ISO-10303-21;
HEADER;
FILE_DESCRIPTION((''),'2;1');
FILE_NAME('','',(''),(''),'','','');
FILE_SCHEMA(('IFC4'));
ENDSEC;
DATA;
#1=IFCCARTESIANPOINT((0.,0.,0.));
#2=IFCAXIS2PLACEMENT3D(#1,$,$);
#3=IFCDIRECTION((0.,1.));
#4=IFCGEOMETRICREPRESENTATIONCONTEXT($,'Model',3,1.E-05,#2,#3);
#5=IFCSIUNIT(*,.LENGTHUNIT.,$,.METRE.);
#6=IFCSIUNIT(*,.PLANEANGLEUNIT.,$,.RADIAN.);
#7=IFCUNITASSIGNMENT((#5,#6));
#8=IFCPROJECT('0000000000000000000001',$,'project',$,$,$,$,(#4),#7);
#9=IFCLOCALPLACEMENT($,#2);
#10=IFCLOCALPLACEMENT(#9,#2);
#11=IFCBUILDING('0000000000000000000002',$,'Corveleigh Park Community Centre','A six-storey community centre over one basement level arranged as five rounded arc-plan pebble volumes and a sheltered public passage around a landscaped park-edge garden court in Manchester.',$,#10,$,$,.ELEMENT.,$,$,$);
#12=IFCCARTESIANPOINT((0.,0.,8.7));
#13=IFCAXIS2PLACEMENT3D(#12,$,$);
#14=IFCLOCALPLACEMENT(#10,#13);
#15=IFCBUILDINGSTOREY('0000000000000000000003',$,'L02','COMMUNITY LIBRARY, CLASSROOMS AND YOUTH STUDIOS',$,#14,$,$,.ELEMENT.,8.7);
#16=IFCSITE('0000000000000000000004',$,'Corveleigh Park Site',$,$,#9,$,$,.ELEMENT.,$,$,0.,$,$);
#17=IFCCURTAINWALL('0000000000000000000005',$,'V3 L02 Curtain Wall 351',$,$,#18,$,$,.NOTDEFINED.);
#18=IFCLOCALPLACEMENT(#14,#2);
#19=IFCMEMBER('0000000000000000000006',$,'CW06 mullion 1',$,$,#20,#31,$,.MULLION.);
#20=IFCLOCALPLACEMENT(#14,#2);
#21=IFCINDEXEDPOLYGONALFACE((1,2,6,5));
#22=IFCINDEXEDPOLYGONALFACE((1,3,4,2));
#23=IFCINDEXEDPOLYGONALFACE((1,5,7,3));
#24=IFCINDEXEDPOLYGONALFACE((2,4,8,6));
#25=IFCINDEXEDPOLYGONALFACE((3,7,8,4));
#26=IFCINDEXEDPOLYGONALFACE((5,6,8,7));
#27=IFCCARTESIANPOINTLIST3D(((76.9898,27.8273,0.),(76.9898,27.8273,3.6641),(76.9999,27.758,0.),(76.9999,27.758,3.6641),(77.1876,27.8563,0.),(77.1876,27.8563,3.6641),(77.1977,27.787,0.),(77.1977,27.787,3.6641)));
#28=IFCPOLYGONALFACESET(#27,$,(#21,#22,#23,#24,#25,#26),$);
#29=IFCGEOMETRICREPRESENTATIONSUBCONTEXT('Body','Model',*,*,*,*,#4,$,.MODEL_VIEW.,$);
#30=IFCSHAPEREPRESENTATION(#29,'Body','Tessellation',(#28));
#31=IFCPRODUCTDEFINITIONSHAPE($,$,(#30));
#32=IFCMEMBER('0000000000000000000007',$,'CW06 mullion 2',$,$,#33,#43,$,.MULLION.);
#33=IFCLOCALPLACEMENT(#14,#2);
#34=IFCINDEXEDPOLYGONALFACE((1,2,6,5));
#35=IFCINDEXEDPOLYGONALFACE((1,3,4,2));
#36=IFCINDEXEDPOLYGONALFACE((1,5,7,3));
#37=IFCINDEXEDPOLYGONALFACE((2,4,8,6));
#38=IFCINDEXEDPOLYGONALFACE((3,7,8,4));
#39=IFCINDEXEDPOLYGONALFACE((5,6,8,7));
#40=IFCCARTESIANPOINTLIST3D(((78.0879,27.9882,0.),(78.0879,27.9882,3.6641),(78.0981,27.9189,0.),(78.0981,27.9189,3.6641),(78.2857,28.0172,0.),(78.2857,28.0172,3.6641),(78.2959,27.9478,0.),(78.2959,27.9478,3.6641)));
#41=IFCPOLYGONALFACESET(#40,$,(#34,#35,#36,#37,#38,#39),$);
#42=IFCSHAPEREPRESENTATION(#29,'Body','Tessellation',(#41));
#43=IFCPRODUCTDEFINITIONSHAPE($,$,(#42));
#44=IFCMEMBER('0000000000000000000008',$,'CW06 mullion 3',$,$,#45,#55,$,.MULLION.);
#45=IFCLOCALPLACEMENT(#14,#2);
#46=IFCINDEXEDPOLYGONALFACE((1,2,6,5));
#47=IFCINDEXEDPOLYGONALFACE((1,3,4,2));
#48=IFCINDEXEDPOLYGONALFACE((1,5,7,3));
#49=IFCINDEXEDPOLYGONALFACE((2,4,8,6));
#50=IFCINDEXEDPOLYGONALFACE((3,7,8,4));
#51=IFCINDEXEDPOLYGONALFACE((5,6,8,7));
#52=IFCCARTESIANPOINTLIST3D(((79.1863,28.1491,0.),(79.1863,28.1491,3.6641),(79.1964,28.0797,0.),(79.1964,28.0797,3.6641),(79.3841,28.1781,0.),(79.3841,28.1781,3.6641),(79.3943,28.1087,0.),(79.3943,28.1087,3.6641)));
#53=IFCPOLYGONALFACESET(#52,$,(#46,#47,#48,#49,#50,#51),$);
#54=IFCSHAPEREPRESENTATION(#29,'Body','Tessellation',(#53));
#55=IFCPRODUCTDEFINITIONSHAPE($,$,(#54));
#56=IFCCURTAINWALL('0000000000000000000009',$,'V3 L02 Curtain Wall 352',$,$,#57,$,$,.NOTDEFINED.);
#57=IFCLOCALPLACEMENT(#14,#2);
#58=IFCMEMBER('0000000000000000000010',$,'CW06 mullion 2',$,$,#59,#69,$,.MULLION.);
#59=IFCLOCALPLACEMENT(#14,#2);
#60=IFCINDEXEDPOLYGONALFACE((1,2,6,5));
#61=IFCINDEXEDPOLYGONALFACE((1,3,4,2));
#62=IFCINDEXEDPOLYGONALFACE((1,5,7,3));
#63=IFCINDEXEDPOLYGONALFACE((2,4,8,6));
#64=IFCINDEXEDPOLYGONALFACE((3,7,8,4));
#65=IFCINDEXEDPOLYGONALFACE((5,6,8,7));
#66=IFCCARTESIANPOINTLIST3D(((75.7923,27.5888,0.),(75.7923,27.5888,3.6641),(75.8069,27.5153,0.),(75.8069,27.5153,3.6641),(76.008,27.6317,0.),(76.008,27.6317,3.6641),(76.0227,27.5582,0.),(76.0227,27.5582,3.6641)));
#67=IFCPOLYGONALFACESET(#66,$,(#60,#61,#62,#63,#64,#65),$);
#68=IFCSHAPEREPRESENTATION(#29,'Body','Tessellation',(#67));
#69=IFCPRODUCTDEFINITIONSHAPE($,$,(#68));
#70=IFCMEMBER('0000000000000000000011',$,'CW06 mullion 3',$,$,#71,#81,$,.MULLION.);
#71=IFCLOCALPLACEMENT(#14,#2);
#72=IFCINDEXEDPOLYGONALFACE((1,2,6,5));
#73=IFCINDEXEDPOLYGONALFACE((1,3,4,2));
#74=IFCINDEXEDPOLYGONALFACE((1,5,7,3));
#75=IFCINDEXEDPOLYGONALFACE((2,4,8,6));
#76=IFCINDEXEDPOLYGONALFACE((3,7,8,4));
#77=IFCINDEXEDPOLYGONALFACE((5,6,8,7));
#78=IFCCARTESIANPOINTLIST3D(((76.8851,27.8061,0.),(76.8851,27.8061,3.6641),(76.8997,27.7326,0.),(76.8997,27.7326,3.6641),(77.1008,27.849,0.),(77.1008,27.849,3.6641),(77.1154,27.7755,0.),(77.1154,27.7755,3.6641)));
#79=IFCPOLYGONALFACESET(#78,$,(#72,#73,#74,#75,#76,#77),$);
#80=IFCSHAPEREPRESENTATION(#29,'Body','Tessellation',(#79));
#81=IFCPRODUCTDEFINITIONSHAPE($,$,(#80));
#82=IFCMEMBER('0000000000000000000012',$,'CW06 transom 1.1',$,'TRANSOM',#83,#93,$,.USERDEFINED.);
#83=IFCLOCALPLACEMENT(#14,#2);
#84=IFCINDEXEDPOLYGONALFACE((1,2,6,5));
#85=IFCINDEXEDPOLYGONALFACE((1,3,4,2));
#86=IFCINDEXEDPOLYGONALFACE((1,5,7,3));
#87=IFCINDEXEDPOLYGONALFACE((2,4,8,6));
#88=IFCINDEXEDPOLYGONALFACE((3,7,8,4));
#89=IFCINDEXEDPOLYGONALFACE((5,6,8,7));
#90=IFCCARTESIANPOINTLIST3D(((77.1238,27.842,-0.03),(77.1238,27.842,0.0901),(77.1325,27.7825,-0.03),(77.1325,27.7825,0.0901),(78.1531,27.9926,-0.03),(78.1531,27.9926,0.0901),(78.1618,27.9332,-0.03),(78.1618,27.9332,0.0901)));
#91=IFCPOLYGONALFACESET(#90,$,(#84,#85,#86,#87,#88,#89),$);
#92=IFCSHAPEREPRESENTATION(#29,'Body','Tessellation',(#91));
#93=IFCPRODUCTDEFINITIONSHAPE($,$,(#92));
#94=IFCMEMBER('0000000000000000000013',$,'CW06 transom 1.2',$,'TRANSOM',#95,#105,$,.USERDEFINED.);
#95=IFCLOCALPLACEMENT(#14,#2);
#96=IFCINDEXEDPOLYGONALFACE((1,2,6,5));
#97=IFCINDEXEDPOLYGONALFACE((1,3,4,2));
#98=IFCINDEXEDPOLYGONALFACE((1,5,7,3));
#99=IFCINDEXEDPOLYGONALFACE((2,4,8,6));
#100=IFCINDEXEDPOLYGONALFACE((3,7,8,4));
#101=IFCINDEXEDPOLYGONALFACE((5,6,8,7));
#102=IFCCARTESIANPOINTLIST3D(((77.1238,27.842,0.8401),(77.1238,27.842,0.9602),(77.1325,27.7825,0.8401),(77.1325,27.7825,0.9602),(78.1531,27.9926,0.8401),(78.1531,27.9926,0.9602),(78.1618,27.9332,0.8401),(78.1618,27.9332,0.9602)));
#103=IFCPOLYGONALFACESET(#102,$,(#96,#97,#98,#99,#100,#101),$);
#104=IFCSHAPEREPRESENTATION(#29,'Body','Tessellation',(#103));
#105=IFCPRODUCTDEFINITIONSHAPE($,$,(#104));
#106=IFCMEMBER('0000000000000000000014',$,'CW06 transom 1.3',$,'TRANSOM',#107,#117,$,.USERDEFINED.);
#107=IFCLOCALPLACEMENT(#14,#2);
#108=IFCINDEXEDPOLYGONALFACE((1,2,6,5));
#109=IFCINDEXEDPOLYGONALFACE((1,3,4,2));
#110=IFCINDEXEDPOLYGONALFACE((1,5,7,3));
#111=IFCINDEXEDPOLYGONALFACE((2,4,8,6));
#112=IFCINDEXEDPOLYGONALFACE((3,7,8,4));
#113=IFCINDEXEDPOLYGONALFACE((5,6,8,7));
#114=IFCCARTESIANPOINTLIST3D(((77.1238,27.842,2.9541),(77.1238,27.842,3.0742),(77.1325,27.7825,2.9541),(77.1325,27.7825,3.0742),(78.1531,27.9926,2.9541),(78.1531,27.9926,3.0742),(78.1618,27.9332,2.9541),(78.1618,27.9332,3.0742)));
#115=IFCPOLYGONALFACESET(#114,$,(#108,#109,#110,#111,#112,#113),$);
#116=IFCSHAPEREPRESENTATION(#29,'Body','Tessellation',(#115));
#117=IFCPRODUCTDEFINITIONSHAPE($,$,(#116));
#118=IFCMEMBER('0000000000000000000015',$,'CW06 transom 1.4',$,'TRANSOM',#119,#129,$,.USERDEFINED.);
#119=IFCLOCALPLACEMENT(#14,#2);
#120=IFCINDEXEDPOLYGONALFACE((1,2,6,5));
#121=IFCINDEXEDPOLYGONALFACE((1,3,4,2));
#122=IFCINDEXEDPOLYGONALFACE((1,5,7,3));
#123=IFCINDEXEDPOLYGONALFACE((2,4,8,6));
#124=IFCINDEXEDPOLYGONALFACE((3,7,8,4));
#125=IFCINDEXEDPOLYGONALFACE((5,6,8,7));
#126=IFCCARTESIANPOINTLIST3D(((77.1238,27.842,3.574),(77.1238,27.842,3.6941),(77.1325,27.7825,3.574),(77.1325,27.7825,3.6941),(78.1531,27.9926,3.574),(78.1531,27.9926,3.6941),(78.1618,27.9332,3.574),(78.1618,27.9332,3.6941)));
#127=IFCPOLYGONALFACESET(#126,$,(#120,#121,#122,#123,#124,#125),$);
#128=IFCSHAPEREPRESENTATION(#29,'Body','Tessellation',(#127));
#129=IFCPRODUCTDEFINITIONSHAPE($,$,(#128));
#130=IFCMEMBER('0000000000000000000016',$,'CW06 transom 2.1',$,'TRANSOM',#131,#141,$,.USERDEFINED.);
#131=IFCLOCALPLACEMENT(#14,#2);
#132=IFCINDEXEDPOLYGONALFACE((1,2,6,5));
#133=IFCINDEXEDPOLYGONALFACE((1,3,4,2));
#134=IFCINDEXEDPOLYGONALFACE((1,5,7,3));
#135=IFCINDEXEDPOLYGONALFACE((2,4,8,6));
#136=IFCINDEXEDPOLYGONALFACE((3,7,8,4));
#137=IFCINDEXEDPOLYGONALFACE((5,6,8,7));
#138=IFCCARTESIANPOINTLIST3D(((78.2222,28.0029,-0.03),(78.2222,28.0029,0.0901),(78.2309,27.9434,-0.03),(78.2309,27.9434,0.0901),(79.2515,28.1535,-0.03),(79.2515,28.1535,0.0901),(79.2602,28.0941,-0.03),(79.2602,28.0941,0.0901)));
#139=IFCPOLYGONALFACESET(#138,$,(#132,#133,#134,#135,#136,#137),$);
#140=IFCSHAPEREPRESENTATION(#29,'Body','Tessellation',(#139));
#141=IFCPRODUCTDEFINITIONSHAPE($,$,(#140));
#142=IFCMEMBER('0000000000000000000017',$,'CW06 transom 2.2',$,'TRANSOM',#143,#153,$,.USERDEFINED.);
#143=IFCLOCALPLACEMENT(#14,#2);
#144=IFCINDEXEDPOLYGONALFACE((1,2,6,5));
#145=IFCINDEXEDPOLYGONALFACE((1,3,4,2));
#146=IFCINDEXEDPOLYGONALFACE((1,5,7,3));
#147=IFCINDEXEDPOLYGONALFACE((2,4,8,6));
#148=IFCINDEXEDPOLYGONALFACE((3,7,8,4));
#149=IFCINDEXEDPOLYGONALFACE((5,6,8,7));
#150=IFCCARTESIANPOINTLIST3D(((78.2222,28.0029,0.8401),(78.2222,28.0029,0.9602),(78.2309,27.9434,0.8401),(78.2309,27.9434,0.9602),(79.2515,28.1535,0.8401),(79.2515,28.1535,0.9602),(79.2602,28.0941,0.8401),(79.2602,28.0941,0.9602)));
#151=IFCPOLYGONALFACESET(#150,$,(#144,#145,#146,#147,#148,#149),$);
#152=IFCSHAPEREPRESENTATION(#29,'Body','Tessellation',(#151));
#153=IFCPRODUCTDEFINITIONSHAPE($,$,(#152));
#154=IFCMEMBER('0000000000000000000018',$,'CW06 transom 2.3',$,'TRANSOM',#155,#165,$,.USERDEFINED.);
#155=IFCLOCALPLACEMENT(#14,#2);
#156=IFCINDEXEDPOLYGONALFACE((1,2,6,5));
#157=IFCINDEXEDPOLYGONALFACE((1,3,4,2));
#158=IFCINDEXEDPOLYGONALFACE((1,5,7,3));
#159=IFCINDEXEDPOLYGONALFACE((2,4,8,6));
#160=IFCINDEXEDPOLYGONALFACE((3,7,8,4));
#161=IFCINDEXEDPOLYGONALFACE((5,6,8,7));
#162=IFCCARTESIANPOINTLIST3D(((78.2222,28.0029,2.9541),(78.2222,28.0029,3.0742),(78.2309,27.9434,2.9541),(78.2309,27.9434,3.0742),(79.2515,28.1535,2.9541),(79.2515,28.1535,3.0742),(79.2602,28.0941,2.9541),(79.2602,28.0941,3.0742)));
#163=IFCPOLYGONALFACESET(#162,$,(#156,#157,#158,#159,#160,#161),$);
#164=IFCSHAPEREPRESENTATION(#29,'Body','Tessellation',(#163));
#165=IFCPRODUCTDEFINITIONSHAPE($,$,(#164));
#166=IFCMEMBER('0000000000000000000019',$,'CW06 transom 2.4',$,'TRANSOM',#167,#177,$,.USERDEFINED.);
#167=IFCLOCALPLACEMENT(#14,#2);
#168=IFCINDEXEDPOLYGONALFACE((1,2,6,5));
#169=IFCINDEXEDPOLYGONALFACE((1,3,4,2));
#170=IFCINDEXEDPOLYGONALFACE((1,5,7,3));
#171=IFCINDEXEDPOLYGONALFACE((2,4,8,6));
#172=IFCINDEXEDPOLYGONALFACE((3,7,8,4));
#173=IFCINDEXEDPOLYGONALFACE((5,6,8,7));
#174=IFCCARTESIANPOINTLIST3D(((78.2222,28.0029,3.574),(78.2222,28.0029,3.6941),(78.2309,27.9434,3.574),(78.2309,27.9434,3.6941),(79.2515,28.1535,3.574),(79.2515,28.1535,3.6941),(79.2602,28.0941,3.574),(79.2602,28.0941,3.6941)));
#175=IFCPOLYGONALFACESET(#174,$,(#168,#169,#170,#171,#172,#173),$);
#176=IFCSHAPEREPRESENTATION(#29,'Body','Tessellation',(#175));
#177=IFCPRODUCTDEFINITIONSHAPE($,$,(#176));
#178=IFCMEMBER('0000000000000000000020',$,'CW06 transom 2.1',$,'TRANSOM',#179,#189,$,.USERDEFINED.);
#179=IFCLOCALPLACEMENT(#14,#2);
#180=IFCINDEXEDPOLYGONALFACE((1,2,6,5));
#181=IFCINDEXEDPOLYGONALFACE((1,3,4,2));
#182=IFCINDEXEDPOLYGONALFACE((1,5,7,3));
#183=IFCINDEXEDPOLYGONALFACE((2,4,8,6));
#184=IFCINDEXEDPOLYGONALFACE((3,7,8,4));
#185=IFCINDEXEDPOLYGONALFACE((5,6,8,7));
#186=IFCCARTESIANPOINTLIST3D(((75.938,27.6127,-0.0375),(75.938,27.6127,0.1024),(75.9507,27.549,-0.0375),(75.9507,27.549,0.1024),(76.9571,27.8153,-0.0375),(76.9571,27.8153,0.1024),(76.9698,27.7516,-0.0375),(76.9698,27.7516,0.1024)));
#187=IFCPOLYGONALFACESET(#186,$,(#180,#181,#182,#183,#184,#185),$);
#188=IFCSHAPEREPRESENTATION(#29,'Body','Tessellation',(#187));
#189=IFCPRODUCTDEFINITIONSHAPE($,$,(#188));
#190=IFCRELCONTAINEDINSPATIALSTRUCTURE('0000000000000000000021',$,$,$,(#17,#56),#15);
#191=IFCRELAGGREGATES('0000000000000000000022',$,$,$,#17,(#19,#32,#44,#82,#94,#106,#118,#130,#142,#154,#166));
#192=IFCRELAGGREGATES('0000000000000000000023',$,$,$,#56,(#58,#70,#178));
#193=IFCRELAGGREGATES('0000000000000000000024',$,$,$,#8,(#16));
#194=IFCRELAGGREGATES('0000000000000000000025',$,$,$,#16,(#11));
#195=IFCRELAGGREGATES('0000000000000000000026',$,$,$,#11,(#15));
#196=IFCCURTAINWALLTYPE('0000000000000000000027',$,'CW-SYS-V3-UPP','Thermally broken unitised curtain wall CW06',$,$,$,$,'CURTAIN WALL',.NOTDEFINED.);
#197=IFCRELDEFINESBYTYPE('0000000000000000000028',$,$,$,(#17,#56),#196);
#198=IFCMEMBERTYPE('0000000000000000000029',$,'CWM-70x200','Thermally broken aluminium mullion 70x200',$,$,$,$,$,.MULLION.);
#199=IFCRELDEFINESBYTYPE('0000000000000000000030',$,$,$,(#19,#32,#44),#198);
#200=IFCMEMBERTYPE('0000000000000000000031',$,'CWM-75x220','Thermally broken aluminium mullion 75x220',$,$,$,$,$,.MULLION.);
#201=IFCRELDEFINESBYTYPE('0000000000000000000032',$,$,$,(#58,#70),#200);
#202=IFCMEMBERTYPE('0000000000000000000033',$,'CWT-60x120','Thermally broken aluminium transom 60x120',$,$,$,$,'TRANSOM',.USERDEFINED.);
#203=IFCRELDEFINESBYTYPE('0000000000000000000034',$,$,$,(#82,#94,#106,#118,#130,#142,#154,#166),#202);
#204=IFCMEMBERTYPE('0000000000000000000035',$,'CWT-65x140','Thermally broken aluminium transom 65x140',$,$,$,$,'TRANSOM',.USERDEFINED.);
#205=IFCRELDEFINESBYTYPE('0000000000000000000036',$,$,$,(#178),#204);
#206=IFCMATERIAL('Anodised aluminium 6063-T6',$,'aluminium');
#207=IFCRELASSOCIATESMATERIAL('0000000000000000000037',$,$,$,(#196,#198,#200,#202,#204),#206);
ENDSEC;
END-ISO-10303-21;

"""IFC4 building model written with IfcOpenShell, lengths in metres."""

from ifc_helpers import new_model, si_unit, direction, frame, origin, origin_2d, place, context, subcontext, project, spatial, rectangle, extrude, material, material_profile, profile_set, type_object, element, aggregate, save


model = new_model("IFC4")

# Units and contexts
model_context = context("Model", 3, precision=1e-05, world=origin(), true_north=direction((0.0, 1.0)))
body_context = subcontext(model_context, "Body", "Model", "MODEL_VIEW")
ifc_project = project(units=[si_unit("LENGTHUNIT", "METRE"), si_unit("PLANEANGLEUNIT", "RADIAN")], contexts=[model_context])

# Site, building, storey
site_placement = place(None, origin())
site = spatial("IfcSite", under=ifc_project, at=site_placement, Name="Corveleigh Park Site", CompositionType="ELEMENT", RefElevation=0.0)
building_placement = place(site_placement, origin())
building = spatial("IfcBuilding", under=site, at=building_placement, Name="Corveleigh Park Community Centre", Description="A six-storey community centre over one basement level arranged as five rounded arc-plan pebble volumes and a sheltered public passage around a landscaped park-edge garden court in Manchester.", CompositionType="ELEMENT")
storey_placement = place(building_placement, frame((0.0, 0.0, 8.7)))
storey = spatial("IfcBuildingStorey", under=building, at=storey_placement, Name="L02", Description="COMMUNITY LIBRARY, CLASSROOMS AND YOUTH STUDIOS", CompositionType="ELEMENT", Elevation=8.7)

# Curtain walls, members
ifc_material_1 = material(Name="Anodised aluminium 6063-T6", Category="aluminium")
curtain_wall_type = type_object("IfcCurtainWallType", Name="CW-SYS-V3-UPP", Description="Thermally broken unitised curtain wall CW06", ElementType="CURTAIN WALL", PredefinedType="NOTDEFINED", material=ifc_material_1)
curtain_wall_1_placement = place(storey_placement, origin())
curtain_wall_1 = element("IfcCurtainWall", 1, at=curtain_wall_1_placement, inside=storey, type_object=curtain_wall_type, Name="V3 L02 Curtain Wall 351", PredefinedType="NOTDEFINED")
ifc_material_profile_1 = material_profile(ifc_material_1, rectangle(XDim=0.0701, YDim=0.2, at=origin_2d()), Name="ALU-M70x200", Category="aluminium")
ifc_profile_set_1 = profile_set([ifc_material_profile_1], Name="Anodised aluminium 6063-T6")
member_type_1 = type_object("IfcMemberType", Name="CWM-70x200", Description="Thermally broken aluminium mullion 70x200", PredefinedType="MULLION", material=ifc_profile_set_1)
member_1_placement = place(storey_placement, frame((77.0938, 27.8071, 0.0), z_axis=(0.0, 0.0, 1.0), x_axis=(-0.144966, 0.989437, 0.0)))
member_1 = element("IfcMember", 2, at=member_1_placement, type_object=member_type_1, Name="CW06 mullion 1", PredefinedType="MULLION", context=body_context, shape_type="SweptSolid", body=[
    extrude(rectangle(XDim=0.0701, YDim=0.2, at=origin_2d()), origin(), (0.0, 0.0, 1.0), 3.6641),
])
member_2_placement = place(storey_placement, frame((78.1919, 27.968, 0.0), z_axis=(0.0, 0.0, 1.0), x_axis=(-0.144966, 0.989437, 0.0)))
member_2 = element("IfcMember", 3, at=member_2_placement, type_object=member_type_1, Name="CW06 mullion 2", PredefinedType="MULLION", context=body_context, shape_type="SweptSolid", body=[
    extrude(rectangle(XDim=0.0701, YDim=0.2, at=origin_2d()), origin(), (0.0, 0.0, 1.0), 3.6641),
])
member_3_placement = place(storey_placement, frame((79.2903, 28.1289, 0.0), z_axis=(0.0, 0.0, 1.0), x_axis=(-0.144966, 0.989437, 0.0)))
member_3 = element("IfcMember", 4, at=member_3_placement, type_object=member_type_1, Name="CW06 mullion 3", PredefinedType="MULLION", context=body_context, shape_type="SweptSolid", body=[
    extrude(rectangle(XDim=0.0701, YDim=0.2, at=origin_2d()), origin(), (0.0, 0.0, 1.0), 3.6641),
])
curtain_wall_2_placement = place(storey_placement, origin())
curtain_wall_2 = element("IfcCurtainWall", 5, at=curtain_wall_2_placement, inside=storey, type_object=curtain_wall_type, Name="V3 L02 Curtain Wall 352", PredefinedType="NOTDEFINED")
ifc_material_profile_2 = material_profile(ifc_material_1, rectangle(XDim=0.075, YDim=0.22, at=origin_2d()), Name="ALU-M75x220", Category="aluminium")
ifc_profile_set_2 = profile_set([ifc_material_profile_2], Name="Anodised aluminium 6063-T6")
member_type_2 = type_object("IfcMemberType", Name="CWM-75x220", Description="Thermally broken aluminium mullion 75x220", PredefinedType="MULLION", material=ifc_profile_set_2)
member_4_placement = place(storey_placement, frame((75.9075, 27.5735, 0.0), z_axis=(0.0, 0.0, 1.0), x_axis=(-0.194947, 0.980814, 0.0)))
member_4 = element("IfcMember", 6, at=member_4_placement, type_object=member_type_2, Name="CW06 mullion 2", PredefinedType="MULLION", context=body_context, shape_type="SweptSolid", body=[
    extrude(rectangle(XDim=0.075, YDim=0.22, at=origin_2d()), origin(), (0.0, 0.0, 1.0), 3.6641),
])
member_5_placement = place(storey_placement, frame((77.0002, 27.7908, 0.0), z_axis=(0.0, 0.0, 1.0), x_axis=(-0.194947, 0.980814, 0.0)))
member_5 = element("IfcMember", 7, at=member_5_placement, type_object=member_type_2, Name="CW06 mullion 3", PredefinedType="MULLION", context=body_context, shape_type="SweptSolid", body=[
    extrude(rectangle(XDim=0.075, YDim=0.22, at=origin_2d()), origin(), (0.0, 0.0, 1.0), 3.6641),
])

# Members
ifc_material_profile_3 = material_profile(ifc_material_1, rectangle(XDim=0.0601, YDim=0.1201, at=origin_2d()), Name="ALU-T60x120", Category="aluminium")
ifc_profile_set_3 = profile_set([ifc_material_profile_3], Name="Anodised aluminium 6063-T6")
member_type_3 = type_object("IfcMemberType", Name="CWT-60x120", Description="Thermally broken aluminium transom 60x120", ElementType="TRANSOM", PredefinedType="USERDEFINED", material=ifc_profile_set_3)
member_6_placement = place(storey_placement, frame((77.1282, 27.8123, 0.03), z_axis=(0.98946, 0.144805, 0.0), x_axis=(-0.144805, 0.98946, 0.0)))
member_6 = element("IfcMember", 8, at=member_6_placement, type_object=member_type_3, Name="CW06 transom 1.1", ObjectType="TRANSOM", PredefinedType="USERDEFINED", context=body_context, shape_type="SweptSolid", body=[
    extrude(rectangle(XDim=0.0601, YDim=0.1201, at=origin_2d()), origin(), (0.0, 0.0, 1.0), 1.0403),
])
member_7_placement = place(storey_placement, frame((77.1282, 27.8123, 0.9001), z_axis=(0.98946, 0.144805, 0.0), x_axis=(-0.144805, 0.98946, 0.0)))
member_7 = element("IfcMember", 9, at=member_7_placement, type_object=member_type_3, Name="CW06 transom 1.2", ObjectType="TRANSOM", PredefinedType="USERDEFINED", context=body_context, shape_type="SweptSolid", body=[
    extrude(rectangle(XDim=0.0601, YDim=0.1201, at=origin_2d()), origin(), (0.0, 0.0, 1.0), 1.0403),
])
member_8_placement = place(storey_placement, frame((77.1282, 27.8123, 3.0142), z_axis=(0.98946, 0.144805, 0.0), x_axis=(-0.144805, 0.98946, 0.0)))
member_8 = element("IfcMember", 10, at=member_8_placement, type_object=member_type_3, Name="CW06 transom 1.3", ObjectType="TRANSOM", PredefinedType="USERDEFINED", context=body_context, shape_type="SweptSolid", body=[
    extrude(rectangle(XDim=0.0601, YDim=0.1201, at=origin_2d()), origin(), (0.0, 0.0, 1.0), 1.0403),
])
member_9_placement = place(storey_placement, frame((77.1282, 27.8123, 3.634), z_axis=(0.98946, 0.144805, 0.0), x_axis=(-0.144805, 0.98946, 0.0)))
member_9 = element("IfcMember", 11, at=member_9_placement, type_object=member_type_3, Name="CW06 transom 1.4", ObjectType="TRANSOM", PredefinedType="USERDEFINED", context=body_context, shape_type="SweptSolid", body=[
    extrude(rectangle(XDim=0.0601, YDim=0.1201, at=origin_2d()), origin(), (0.0, 0.0, 1.0), 1.0403),
])
member_10_placement = place(storey_placement, frame((78.2266, 27.9731, 0.03), z_axis=(0.98946, 0.144805, 0.0), x_axis=(-0.144805, 0.98946, 0.0)))
member_10 = element("IfcMember", 12, at=member_10_placement, type_object=member_type_3, Name="CW06 transom 2.1", ObjectType="TRANSOM", PredefinedType="USERDEFINED", context=body_context, shape_type="SweptSolid", body=[
    extrude(rectangle(XDim=0.0601, YDim=0.1201, at=origin_2d()), origin(), (0.0, 0.0, 1.0), 1.0403),
])
member_11_placement = place(storey_placement, frame((78.2266, 27.9731, 0.9001), z_axis=(0.98946, 0.144805, 0.0), x_axis=(-0.144805, 0.98946, 0.0)))
member_11 = element("IfcMember", 13, at=member_11_placement, type_object=member_type_3, Name="CW06 transom 2.2", ObjectType="TRANSOM", PredefinedType="USERDEFINED", context=body_context, shape_type="SweptSolid", body=[
    extrude(rectangle(XDim=0.0601, YDim=0.1201, at=origin_2d()), origin(), (0.0, 0.0, 1.0), 1.0403),
])
member_12_placement = place(storey_placement, frame((78.2266, 27.9731, 3.0142), z_axis=(0.98946, 0.144805, 0.0), x_axis=(-0.144805, 0.98946, 0.0)))
member_12 = element("IfcMember", 14, at=member_12_placement, type_object=member_type_3, Name="CW06 transom 2.3", ObjectType="TRANSOM", PredefinedType="USERDEFINED", context=body_context, shape_type="SweptSolid", body=[
    extrude(rectangle(XDim=0.0601, YDim=0.1201, at=origin_2d()), origin(), (0.0, 0.0, 1.0), 1.0403),
])
member_13_placement = place(storey_placement, frame((78.2266, 27.9731, 3.634), z_axis=(0.98946, 0.144805, 0.0), x_axis=(-0.144805, 0.98946, 0.0)))
member_13 = element("IfcMember", 15, at=member_13_placement, type_object=member_type_3, Name="CW06 transom 2.4", ObjectType="TRANSOM", PredefinedType="USERDEFINED", context=body_context, shape_type="SweptSolid", body=[
    extrude(rectangle(XDim=0.0601, YDim=0.1201, at=origin_2d()), origin(), (0.0, 0.0, 1.0), 1.0403),
])
ifc_material_profile_4 = material_profile(ifc_material_1, rectangle(XDim=0.0649, YDim=0.1399, at=origin_2d()), Name="ALU-T65x140", Category="aluminium")
ifc_profile_set_4 = profile_set([ifc_material_profile_4], Name="Anodised aluminium 6063-T6")
member_type_4 = type_object("IfcMemberType", Name="CWT-65x140", Description="Thermally broken aluminium transom 65x140", ElementType="TRANSOM", PredefinedType="USERDEFINED", material=ifc_profile_set_4)
member_14_placement = place(storey_placement, frame((75.9443, 27.5808, 0.0325), z_axis=(0.980797, 0.195032, 0.0), x_axis=(-0.195032, 0.980797, 0.0)))
member_14 = element("IfcMember", 16, at=member_14_placement, type_object=member_type_4, Name="CW06 transom 2.1", ObjectType="TRANSOM", PredefinedType="USERDEFINED", context=body_context, shape_type="SweptSolid", body=[
    extrude(rectangle(XDim=0.0649, YDim=0.1399, at=origin_2d()), origin(), (0.0, 0.0, 1.0), 1.0391),
])

aggregate(curtain_wall_1, [member_1, member_2, member_3, member_6, member_7, member_8, member_9, member_10, member_11, member_12, member_13])
aggregate(curtain_wall_2, [member_4, member_5, member_14])

save(model, "model.ifc")
